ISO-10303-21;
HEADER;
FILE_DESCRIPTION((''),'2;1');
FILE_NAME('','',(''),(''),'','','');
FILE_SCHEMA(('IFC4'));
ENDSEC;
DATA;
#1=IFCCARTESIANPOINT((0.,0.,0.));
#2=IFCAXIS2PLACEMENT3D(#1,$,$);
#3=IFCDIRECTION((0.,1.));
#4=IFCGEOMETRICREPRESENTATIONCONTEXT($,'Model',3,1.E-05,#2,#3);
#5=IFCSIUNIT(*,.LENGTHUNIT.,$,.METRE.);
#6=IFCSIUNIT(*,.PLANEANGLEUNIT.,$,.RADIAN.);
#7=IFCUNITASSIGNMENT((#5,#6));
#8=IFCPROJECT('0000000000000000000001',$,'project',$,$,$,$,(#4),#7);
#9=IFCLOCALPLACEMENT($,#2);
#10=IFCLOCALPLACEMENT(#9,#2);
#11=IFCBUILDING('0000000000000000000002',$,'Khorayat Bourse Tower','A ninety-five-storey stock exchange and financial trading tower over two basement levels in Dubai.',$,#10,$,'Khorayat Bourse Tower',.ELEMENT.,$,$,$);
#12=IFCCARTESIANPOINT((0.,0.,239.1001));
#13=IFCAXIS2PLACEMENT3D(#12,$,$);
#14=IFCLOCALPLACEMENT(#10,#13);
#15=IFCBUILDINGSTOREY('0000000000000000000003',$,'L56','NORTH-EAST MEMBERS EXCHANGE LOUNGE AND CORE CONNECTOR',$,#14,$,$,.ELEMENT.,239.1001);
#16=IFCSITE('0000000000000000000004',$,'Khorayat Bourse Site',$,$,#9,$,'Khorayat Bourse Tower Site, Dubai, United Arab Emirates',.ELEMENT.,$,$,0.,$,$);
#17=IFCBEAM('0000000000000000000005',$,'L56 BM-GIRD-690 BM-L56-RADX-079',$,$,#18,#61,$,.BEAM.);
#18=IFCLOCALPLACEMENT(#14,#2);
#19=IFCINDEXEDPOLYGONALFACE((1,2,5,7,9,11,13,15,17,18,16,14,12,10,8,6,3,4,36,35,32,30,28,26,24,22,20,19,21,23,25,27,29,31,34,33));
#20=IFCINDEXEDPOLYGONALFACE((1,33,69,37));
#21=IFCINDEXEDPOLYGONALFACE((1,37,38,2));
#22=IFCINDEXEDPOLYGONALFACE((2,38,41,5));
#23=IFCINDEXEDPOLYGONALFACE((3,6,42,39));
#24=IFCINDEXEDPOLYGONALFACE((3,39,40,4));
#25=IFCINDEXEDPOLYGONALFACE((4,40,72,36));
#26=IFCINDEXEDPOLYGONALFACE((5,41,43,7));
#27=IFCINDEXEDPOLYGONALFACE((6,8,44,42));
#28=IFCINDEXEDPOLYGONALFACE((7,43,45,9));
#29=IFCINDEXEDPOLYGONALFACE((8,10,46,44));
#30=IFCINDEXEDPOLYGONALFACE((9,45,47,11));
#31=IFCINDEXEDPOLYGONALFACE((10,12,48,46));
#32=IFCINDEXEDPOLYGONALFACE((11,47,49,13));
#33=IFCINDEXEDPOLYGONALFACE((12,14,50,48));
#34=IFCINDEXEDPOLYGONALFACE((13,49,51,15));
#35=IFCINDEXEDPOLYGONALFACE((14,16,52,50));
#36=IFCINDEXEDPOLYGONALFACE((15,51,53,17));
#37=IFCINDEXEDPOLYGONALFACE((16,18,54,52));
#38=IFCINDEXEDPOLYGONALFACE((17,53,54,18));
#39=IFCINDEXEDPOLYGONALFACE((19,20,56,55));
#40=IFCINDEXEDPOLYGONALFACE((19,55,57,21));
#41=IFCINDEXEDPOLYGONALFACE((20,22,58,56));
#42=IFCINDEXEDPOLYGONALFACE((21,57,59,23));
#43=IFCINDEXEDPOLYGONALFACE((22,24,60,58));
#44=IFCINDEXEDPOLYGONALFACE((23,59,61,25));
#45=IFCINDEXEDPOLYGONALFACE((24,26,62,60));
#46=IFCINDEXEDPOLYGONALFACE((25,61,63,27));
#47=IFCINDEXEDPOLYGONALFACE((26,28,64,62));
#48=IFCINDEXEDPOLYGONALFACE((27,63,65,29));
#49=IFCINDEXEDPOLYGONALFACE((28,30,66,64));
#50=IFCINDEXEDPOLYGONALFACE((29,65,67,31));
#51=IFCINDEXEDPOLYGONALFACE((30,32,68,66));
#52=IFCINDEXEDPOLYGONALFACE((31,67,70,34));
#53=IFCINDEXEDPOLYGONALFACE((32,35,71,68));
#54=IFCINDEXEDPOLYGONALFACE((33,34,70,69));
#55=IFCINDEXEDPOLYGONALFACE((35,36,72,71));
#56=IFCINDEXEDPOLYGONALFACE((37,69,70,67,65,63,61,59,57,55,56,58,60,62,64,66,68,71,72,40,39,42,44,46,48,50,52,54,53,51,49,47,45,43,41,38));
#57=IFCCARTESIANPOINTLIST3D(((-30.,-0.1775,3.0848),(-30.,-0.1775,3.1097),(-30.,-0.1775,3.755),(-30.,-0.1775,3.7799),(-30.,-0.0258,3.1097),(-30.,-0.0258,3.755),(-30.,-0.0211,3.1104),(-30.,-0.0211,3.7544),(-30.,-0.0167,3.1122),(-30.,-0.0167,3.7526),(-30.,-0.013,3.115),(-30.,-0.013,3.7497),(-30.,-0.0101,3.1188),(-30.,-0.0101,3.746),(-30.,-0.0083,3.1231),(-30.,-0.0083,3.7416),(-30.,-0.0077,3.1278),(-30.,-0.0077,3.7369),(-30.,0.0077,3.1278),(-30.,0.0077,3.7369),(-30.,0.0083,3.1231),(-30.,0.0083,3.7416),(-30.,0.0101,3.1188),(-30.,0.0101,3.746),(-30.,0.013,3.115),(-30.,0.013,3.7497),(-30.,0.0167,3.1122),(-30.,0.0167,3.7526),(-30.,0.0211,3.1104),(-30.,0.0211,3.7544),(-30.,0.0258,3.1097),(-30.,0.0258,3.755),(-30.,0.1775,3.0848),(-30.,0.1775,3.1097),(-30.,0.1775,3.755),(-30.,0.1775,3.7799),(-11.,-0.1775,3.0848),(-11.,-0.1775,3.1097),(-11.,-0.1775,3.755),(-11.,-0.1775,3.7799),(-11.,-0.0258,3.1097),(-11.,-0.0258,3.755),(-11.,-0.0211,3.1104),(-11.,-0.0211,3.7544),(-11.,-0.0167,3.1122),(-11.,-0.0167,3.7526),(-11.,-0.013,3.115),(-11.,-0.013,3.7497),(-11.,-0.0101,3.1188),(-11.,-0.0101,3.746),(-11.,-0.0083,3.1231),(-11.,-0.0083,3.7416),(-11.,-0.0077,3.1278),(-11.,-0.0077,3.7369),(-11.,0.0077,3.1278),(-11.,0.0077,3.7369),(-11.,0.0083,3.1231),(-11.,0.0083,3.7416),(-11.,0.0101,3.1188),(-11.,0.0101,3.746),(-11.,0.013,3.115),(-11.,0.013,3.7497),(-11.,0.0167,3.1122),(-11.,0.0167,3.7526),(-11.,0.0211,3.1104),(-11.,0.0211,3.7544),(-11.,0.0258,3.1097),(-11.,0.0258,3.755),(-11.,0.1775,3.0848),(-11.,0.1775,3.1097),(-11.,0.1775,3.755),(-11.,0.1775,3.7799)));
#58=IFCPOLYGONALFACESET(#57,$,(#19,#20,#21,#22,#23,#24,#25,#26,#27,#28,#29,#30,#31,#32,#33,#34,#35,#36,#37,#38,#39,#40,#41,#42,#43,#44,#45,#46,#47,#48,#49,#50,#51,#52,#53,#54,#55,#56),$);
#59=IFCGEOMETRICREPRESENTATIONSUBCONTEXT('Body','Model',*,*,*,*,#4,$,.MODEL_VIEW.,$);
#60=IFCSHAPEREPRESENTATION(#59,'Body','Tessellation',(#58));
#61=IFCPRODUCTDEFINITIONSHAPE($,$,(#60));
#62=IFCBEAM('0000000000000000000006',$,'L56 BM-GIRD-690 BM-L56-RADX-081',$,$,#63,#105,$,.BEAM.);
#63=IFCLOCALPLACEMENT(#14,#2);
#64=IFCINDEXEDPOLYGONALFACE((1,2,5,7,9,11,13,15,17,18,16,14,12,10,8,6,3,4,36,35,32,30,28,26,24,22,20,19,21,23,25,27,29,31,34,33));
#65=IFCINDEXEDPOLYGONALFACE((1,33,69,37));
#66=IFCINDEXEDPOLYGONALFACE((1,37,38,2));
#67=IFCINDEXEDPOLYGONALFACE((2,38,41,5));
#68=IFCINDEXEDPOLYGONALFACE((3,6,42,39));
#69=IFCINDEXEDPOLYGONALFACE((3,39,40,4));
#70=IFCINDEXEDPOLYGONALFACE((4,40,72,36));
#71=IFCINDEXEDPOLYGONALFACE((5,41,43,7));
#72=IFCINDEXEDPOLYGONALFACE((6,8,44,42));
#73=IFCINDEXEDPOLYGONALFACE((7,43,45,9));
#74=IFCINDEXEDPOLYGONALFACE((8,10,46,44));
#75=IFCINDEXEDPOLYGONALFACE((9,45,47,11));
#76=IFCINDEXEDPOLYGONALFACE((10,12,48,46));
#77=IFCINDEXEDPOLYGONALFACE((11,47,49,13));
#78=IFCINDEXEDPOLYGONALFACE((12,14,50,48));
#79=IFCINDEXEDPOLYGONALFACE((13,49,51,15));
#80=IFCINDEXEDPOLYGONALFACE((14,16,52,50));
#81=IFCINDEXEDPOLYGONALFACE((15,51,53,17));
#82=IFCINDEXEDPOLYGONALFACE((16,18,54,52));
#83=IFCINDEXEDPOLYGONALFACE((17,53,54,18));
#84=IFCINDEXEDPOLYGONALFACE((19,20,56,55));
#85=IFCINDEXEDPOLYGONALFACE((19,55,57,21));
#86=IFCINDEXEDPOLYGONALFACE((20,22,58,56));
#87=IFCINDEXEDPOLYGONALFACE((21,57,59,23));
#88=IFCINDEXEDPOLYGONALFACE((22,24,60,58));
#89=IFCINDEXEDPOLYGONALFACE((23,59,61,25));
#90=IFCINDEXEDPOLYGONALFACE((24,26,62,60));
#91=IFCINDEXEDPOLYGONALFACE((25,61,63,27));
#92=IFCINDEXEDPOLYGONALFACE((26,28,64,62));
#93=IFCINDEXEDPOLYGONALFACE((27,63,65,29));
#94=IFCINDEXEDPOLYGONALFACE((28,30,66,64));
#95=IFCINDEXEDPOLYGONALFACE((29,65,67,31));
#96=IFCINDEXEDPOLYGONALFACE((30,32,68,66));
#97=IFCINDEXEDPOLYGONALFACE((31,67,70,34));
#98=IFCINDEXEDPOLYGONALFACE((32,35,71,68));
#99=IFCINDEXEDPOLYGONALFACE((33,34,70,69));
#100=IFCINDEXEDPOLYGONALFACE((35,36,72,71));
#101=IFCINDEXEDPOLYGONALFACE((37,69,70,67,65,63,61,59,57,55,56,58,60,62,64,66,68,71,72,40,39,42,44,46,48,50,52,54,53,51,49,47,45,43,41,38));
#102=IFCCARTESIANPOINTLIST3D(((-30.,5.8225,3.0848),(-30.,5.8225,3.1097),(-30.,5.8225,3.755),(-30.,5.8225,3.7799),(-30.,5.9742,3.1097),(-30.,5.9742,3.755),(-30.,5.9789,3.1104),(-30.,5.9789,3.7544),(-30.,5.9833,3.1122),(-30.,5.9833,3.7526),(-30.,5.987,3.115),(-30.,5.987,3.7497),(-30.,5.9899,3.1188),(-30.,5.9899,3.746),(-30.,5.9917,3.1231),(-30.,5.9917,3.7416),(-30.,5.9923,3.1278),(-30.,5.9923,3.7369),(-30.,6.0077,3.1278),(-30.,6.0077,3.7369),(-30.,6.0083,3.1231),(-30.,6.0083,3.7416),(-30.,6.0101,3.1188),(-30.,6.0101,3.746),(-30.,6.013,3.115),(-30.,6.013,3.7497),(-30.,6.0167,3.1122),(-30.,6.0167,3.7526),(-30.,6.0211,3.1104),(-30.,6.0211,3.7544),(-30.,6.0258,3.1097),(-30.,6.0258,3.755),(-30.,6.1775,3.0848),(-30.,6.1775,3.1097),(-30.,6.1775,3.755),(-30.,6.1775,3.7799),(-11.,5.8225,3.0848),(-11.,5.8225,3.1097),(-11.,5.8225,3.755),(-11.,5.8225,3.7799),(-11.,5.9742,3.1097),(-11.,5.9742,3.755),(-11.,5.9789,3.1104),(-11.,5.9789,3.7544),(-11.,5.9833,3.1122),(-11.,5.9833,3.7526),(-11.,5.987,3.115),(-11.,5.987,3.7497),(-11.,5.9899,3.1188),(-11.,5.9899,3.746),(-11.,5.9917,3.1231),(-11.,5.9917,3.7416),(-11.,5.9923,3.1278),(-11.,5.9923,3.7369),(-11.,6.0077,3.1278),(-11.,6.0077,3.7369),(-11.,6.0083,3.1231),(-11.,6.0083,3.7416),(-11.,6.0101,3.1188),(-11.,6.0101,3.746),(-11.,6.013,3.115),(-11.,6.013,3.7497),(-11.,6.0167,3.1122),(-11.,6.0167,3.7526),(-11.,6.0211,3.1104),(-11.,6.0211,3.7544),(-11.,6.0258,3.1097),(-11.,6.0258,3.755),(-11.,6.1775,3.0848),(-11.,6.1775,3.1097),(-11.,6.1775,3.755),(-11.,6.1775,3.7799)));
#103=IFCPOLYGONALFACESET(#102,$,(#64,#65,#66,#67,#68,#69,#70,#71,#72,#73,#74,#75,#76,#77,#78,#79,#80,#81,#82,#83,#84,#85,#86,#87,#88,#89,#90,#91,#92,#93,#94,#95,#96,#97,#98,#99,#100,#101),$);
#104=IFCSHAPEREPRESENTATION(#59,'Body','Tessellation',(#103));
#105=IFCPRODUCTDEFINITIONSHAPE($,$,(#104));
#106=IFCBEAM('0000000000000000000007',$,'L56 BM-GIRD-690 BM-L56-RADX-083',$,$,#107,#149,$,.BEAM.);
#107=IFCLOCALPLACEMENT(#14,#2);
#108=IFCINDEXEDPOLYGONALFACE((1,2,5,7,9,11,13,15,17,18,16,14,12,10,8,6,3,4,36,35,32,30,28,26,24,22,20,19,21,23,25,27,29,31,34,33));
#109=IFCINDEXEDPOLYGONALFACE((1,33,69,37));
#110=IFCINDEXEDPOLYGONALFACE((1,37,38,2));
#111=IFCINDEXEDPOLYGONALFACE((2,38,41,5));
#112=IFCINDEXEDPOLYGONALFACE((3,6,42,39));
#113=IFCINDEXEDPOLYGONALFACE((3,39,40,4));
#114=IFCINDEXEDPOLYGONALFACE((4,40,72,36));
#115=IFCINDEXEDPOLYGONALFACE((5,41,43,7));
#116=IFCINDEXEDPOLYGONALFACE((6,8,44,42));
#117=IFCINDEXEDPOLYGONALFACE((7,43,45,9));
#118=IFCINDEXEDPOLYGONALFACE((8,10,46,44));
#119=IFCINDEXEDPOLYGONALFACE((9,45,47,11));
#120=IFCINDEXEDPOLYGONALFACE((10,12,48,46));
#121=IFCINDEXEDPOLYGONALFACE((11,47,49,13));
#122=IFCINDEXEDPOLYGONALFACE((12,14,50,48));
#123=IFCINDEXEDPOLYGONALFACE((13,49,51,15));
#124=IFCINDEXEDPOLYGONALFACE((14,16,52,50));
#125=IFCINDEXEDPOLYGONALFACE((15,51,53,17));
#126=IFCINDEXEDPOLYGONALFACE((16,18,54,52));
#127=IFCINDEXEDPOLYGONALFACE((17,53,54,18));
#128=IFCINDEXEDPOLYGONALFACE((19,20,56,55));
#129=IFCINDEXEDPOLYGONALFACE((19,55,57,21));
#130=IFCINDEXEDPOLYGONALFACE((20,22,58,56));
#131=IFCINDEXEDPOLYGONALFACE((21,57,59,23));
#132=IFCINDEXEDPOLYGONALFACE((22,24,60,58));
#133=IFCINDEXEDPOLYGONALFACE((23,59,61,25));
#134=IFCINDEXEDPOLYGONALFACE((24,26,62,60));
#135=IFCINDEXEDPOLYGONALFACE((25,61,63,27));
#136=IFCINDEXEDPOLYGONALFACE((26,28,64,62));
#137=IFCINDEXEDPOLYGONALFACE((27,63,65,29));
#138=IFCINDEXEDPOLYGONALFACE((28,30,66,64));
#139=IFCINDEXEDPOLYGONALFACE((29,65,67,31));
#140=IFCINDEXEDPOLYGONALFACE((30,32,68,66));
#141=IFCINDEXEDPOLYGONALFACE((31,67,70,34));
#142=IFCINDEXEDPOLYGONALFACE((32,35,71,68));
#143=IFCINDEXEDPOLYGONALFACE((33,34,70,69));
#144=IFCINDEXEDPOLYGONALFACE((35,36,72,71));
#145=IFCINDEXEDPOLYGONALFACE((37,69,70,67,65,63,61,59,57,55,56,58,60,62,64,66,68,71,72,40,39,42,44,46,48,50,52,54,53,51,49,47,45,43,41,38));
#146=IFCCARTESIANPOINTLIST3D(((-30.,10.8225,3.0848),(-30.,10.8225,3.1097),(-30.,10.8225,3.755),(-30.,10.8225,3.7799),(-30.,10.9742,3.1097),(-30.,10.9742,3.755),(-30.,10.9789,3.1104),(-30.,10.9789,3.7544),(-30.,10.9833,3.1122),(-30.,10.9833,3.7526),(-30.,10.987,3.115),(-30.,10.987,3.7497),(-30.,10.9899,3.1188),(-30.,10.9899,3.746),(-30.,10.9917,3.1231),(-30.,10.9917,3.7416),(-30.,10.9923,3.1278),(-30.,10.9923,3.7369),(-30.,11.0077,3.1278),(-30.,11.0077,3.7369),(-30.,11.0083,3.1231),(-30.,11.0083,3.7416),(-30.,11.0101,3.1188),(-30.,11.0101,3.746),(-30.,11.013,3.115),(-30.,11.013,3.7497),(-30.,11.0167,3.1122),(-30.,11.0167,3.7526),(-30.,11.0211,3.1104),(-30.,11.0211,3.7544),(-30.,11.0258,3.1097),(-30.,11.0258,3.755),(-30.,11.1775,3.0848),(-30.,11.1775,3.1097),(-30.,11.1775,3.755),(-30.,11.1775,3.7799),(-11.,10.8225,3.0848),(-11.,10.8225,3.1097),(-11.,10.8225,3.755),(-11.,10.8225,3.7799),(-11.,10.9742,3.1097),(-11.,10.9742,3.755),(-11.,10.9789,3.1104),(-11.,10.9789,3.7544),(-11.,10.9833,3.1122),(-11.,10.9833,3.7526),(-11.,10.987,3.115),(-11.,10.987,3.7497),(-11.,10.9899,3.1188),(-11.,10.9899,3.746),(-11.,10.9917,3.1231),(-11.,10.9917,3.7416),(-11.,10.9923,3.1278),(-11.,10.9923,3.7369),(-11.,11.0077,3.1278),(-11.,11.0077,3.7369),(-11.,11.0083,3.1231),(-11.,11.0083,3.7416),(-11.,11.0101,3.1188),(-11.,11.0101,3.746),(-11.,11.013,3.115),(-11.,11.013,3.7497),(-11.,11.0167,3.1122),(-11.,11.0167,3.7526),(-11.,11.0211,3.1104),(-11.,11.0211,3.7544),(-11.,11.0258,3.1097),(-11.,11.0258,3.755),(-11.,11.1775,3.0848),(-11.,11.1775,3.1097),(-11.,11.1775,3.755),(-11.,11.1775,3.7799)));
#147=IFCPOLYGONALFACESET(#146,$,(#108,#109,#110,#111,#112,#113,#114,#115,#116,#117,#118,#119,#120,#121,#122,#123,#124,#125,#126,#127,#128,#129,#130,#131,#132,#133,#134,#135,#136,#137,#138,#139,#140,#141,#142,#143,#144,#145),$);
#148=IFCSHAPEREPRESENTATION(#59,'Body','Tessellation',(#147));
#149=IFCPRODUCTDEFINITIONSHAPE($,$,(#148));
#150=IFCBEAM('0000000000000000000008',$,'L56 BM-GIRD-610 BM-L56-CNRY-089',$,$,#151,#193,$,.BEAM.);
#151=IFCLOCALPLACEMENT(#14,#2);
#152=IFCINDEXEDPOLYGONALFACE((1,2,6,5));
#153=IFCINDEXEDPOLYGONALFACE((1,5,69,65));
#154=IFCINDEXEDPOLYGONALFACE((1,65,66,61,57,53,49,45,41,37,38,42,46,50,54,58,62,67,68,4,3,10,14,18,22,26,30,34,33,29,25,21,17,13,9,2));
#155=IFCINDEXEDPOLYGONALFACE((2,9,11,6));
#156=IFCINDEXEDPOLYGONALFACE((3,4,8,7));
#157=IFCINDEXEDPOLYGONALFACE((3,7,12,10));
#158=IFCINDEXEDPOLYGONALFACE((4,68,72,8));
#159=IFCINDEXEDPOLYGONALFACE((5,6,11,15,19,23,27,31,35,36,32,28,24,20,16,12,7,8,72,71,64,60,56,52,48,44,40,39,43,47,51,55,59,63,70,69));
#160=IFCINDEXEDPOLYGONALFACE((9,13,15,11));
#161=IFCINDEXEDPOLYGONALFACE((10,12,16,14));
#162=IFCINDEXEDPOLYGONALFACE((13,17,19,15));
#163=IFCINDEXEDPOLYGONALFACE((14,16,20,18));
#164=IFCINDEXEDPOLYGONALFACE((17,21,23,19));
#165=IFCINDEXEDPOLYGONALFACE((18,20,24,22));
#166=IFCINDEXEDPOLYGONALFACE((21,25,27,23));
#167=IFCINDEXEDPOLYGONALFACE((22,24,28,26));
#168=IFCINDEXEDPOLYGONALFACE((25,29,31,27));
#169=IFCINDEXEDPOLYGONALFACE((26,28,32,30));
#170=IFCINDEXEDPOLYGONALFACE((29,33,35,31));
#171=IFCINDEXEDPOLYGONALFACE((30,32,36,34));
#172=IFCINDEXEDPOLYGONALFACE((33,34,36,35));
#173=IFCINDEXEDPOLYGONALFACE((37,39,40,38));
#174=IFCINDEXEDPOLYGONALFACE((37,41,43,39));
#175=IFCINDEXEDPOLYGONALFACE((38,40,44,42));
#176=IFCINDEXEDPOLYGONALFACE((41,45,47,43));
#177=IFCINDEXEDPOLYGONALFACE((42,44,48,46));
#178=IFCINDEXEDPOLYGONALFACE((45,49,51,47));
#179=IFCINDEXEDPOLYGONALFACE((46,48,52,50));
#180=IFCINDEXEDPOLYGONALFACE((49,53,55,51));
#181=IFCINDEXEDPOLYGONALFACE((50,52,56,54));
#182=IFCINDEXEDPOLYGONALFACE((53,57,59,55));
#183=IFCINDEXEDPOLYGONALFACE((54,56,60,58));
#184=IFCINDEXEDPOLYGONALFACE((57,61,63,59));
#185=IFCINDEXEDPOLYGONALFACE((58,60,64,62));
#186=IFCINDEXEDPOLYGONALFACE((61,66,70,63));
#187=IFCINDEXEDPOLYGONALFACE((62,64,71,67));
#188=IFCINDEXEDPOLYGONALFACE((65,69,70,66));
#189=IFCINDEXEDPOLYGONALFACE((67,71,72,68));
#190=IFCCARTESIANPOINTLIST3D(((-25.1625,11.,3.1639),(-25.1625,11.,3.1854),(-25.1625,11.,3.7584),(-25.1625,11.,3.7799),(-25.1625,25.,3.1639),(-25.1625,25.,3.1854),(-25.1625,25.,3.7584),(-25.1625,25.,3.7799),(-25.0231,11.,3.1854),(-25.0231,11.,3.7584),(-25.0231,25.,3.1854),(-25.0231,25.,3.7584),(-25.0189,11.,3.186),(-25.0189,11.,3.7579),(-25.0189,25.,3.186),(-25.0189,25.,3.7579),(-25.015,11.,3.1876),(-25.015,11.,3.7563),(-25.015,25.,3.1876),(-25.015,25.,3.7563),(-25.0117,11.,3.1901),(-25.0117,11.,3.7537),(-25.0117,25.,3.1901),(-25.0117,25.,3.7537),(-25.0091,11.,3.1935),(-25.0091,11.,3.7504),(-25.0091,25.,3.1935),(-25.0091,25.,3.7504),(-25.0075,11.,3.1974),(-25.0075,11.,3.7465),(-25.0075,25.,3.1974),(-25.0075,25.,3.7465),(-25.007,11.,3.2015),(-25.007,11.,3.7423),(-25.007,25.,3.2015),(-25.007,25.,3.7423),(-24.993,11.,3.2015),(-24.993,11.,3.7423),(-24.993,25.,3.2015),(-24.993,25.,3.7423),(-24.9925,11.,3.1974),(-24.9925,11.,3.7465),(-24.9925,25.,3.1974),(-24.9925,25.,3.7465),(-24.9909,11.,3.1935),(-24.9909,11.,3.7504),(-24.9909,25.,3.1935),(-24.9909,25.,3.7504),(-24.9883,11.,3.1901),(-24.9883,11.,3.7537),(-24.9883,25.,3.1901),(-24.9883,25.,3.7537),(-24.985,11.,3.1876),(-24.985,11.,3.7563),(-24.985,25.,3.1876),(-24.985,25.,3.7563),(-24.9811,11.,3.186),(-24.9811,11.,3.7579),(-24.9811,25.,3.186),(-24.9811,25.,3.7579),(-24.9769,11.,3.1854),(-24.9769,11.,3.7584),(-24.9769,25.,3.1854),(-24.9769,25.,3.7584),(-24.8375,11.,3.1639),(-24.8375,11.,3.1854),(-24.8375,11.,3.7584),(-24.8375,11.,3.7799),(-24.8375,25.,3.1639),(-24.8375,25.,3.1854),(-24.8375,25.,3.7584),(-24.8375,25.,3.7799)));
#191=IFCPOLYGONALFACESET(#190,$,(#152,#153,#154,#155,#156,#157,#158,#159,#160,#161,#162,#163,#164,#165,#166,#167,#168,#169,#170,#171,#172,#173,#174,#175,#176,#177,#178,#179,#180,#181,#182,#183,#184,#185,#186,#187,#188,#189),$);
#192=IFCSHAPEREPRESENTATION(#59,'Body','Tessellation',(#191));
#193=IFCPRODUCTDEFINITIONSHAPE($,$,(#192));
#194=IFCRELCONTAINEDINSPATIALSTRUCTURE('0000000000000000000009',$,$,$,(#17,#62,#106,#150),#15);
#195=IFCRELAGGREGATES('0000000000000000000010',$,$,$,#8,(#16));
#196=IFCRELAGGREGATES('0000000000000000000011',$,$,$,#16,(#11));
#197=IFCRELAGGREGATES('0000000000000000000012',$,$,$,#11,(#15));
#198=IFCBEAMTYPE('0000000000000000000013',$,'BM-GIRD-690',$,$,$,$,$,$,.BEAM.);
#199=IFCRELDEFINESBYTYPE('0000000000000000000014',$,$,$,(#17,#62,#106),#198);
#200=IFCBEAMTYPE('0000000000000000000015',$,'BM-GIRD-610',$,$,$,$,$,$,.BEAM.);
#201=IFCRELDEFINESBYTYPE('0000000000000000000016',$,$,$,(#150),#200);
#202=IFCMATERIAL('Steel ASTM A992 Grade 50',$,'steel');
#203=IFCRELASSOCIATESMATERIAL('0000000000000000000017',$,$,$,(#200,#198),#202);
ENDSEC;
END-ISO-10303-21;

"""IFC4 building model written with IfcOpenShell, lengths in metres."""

from ifc_helpers import new_model, si_unit, direction, frame, origin, origin_2d, place, context, subcontext, project, spatial, i_section, extrude, source, transform, mapped, material, material_profile, profile_set, type_object, element, save


model = new_model("IFC4")

# Units and contexts
model_context = context("Model", 3, precision=1e-05, world=origin(), true_north=direction((0.0, 1.0)))
body_context = subcontext(model_context, "Body", "Model", "MODEL_VIEW")
ifc_project = project(units=[si_unit("LENGTHUNIT", "METRE"), si_unit("PLANEANGLEUNIT", "RADIAN")], contexts=[model_context])

# Site, building, storey
site_placement = place(None, origin())
site = spatial("IfcSite", under=ifc_project, at=site_placement, Name="Khorayat Bourse Site", LongName="Khorayat Bourse Tower Site, Dubai, United Arab Emirates", CompositionType="ELEMENT", RefElevation=0.0)
building_placement = place(site_placement, origin())
building = spatial("IfcBuilding", under=site, at=building_placement, Name="Khorayat Bourse Tower", Description="A ninety-five-storey stock exchange and financial trading tower over two basement levels in Dubai.", LongName="Khorayat Bourse Tower", CompositionType="ELEMENT")
storey_placement = place(building_placement, frame((0.0, 0.0, 239.1001)))
storey = spatial("IfcBuildingStorey", under=building, at=storey_placement, Name="L56", Description="NORTH-EAST MEMBERS EXCHANGE LOUNGE AND CORE CONNECTOR", CompositionType="ELEMENT", Elevation=239.1001)

# Beams
ifc_material_1 = material(Name="Steel ASTM A992 Grade 50", Category="steel")
ifc_material_profile_1 = material_profile(ifc_material_1, i_section(OverallWidth=0.325, OverallDepth=0.616, WebThickness=0.0139, FlangeThickness=0.0215, FilletRadius=0.0161, at=origin_2d()), Name="W610X174")
ifc_profile_set_1 = profile_set([ifc_material_profile_1], Name="Steel ASTM A992 Grade 50")
beam_type_1 = type_object("IfcBeamType", Name="BM-GIRD-610", PredefinedType="BEAM", material=ifc_profile_set_1)
ifc_material_profile_2 = material_profile(ifc_material_1, i_section(OverallWidth=0.355, OverallDepth=0.6951, WebThickness=0.0154, FlangeThickness=0.0249, FilletRadius=0.0181, at=origin_2d()), Name="W690X217")
ifc_profile_set_2 = profile_set([ifc_material_profile_2], Name="Steel ASTM A992 Grade 50")
beam_type_2 = type_object("IfcBeamType", Name="BM-GIRD-690", PredefinedType="BEAM", material=ifc_profile_set_2)
shared_shape_1 = source(origin(), body_context, "Body", "SweptSolid", [
    extrude(i_section(OverallWidth=0.355, OverallDepth=0.6951, WebThickness=0.0154, FlangeThickness=0.0249, FilletRadius=0.0181, at=origin_2d()), origin(), (0.0, 0.0, 1.0), 19.0),
])
for number, where, z_axis, x_axis, name in (
    (1, (-30.0, 0.0, 3.4324), (1.0, 0.0, 0.0), (0.0, 1.0, 0.0), "L56 BM-GIRD-690 BM-L56-RADX-079"),
    (2, (-30.0, 6.0, 3.4324), (1.0, 0.0, 0.0), (0.0, 1.0, 0.0), "L56 BM-GIRD-690 BM-L56-RADX-081"),
    (3, (-30.0, 11.0, 3.4324), (1.0, 0.0, 0.0), (0.0, 1.0, 0.0), "L56 BM-GIRD-690 BM-L56-RADX-083"),
):
    element("IfcBeam", number, at=place(storey_placement, frame(where, z_axis=z_axis, x_axis=x_axis)), inside=storey, type_object=beam_type_2, Name=name, PredefinedType="BEAM", context=body_context, shape_type="MappedRepresentation", body=[
        mapped(shared_shape_1, transform((0.0, 0.0, 0.0), scale=1.0)),
    ])
shared_shape_2 = source(origin(), body_context, "Body", "SweptSolid", [
    extrude(i_section(OverallWidth=0.325, OverallDepth=0.616, WebThickness=0.0139, FlangeThickness=0.0215, FilletRadius=0.0161, at=origin_2d()), origin(), (0.0, 0.0, 1.0), 14.0),
])
beam_1_placement = place(storey_placement, frame((-25.0, 11.0, 3.4719), z_axis=(0.0, 1.0, 0.0), x_axis=(-1.0, 0.0, 0.0)))
element("IfcBeam", 4, at=beam_1_placement, inside=storey, type_object=beam_type_1, Name="L56 BM-GIRD-610 BM-L56-CNRY-089", PredefinedType="BEAM", context=body_context, shape_type="MappedRepresentation", body=[
    mapped(shared_shape_2, transform((0.0, 0.0, 0.0), scale=1.0)),
])

save(model, "model.ifc")
